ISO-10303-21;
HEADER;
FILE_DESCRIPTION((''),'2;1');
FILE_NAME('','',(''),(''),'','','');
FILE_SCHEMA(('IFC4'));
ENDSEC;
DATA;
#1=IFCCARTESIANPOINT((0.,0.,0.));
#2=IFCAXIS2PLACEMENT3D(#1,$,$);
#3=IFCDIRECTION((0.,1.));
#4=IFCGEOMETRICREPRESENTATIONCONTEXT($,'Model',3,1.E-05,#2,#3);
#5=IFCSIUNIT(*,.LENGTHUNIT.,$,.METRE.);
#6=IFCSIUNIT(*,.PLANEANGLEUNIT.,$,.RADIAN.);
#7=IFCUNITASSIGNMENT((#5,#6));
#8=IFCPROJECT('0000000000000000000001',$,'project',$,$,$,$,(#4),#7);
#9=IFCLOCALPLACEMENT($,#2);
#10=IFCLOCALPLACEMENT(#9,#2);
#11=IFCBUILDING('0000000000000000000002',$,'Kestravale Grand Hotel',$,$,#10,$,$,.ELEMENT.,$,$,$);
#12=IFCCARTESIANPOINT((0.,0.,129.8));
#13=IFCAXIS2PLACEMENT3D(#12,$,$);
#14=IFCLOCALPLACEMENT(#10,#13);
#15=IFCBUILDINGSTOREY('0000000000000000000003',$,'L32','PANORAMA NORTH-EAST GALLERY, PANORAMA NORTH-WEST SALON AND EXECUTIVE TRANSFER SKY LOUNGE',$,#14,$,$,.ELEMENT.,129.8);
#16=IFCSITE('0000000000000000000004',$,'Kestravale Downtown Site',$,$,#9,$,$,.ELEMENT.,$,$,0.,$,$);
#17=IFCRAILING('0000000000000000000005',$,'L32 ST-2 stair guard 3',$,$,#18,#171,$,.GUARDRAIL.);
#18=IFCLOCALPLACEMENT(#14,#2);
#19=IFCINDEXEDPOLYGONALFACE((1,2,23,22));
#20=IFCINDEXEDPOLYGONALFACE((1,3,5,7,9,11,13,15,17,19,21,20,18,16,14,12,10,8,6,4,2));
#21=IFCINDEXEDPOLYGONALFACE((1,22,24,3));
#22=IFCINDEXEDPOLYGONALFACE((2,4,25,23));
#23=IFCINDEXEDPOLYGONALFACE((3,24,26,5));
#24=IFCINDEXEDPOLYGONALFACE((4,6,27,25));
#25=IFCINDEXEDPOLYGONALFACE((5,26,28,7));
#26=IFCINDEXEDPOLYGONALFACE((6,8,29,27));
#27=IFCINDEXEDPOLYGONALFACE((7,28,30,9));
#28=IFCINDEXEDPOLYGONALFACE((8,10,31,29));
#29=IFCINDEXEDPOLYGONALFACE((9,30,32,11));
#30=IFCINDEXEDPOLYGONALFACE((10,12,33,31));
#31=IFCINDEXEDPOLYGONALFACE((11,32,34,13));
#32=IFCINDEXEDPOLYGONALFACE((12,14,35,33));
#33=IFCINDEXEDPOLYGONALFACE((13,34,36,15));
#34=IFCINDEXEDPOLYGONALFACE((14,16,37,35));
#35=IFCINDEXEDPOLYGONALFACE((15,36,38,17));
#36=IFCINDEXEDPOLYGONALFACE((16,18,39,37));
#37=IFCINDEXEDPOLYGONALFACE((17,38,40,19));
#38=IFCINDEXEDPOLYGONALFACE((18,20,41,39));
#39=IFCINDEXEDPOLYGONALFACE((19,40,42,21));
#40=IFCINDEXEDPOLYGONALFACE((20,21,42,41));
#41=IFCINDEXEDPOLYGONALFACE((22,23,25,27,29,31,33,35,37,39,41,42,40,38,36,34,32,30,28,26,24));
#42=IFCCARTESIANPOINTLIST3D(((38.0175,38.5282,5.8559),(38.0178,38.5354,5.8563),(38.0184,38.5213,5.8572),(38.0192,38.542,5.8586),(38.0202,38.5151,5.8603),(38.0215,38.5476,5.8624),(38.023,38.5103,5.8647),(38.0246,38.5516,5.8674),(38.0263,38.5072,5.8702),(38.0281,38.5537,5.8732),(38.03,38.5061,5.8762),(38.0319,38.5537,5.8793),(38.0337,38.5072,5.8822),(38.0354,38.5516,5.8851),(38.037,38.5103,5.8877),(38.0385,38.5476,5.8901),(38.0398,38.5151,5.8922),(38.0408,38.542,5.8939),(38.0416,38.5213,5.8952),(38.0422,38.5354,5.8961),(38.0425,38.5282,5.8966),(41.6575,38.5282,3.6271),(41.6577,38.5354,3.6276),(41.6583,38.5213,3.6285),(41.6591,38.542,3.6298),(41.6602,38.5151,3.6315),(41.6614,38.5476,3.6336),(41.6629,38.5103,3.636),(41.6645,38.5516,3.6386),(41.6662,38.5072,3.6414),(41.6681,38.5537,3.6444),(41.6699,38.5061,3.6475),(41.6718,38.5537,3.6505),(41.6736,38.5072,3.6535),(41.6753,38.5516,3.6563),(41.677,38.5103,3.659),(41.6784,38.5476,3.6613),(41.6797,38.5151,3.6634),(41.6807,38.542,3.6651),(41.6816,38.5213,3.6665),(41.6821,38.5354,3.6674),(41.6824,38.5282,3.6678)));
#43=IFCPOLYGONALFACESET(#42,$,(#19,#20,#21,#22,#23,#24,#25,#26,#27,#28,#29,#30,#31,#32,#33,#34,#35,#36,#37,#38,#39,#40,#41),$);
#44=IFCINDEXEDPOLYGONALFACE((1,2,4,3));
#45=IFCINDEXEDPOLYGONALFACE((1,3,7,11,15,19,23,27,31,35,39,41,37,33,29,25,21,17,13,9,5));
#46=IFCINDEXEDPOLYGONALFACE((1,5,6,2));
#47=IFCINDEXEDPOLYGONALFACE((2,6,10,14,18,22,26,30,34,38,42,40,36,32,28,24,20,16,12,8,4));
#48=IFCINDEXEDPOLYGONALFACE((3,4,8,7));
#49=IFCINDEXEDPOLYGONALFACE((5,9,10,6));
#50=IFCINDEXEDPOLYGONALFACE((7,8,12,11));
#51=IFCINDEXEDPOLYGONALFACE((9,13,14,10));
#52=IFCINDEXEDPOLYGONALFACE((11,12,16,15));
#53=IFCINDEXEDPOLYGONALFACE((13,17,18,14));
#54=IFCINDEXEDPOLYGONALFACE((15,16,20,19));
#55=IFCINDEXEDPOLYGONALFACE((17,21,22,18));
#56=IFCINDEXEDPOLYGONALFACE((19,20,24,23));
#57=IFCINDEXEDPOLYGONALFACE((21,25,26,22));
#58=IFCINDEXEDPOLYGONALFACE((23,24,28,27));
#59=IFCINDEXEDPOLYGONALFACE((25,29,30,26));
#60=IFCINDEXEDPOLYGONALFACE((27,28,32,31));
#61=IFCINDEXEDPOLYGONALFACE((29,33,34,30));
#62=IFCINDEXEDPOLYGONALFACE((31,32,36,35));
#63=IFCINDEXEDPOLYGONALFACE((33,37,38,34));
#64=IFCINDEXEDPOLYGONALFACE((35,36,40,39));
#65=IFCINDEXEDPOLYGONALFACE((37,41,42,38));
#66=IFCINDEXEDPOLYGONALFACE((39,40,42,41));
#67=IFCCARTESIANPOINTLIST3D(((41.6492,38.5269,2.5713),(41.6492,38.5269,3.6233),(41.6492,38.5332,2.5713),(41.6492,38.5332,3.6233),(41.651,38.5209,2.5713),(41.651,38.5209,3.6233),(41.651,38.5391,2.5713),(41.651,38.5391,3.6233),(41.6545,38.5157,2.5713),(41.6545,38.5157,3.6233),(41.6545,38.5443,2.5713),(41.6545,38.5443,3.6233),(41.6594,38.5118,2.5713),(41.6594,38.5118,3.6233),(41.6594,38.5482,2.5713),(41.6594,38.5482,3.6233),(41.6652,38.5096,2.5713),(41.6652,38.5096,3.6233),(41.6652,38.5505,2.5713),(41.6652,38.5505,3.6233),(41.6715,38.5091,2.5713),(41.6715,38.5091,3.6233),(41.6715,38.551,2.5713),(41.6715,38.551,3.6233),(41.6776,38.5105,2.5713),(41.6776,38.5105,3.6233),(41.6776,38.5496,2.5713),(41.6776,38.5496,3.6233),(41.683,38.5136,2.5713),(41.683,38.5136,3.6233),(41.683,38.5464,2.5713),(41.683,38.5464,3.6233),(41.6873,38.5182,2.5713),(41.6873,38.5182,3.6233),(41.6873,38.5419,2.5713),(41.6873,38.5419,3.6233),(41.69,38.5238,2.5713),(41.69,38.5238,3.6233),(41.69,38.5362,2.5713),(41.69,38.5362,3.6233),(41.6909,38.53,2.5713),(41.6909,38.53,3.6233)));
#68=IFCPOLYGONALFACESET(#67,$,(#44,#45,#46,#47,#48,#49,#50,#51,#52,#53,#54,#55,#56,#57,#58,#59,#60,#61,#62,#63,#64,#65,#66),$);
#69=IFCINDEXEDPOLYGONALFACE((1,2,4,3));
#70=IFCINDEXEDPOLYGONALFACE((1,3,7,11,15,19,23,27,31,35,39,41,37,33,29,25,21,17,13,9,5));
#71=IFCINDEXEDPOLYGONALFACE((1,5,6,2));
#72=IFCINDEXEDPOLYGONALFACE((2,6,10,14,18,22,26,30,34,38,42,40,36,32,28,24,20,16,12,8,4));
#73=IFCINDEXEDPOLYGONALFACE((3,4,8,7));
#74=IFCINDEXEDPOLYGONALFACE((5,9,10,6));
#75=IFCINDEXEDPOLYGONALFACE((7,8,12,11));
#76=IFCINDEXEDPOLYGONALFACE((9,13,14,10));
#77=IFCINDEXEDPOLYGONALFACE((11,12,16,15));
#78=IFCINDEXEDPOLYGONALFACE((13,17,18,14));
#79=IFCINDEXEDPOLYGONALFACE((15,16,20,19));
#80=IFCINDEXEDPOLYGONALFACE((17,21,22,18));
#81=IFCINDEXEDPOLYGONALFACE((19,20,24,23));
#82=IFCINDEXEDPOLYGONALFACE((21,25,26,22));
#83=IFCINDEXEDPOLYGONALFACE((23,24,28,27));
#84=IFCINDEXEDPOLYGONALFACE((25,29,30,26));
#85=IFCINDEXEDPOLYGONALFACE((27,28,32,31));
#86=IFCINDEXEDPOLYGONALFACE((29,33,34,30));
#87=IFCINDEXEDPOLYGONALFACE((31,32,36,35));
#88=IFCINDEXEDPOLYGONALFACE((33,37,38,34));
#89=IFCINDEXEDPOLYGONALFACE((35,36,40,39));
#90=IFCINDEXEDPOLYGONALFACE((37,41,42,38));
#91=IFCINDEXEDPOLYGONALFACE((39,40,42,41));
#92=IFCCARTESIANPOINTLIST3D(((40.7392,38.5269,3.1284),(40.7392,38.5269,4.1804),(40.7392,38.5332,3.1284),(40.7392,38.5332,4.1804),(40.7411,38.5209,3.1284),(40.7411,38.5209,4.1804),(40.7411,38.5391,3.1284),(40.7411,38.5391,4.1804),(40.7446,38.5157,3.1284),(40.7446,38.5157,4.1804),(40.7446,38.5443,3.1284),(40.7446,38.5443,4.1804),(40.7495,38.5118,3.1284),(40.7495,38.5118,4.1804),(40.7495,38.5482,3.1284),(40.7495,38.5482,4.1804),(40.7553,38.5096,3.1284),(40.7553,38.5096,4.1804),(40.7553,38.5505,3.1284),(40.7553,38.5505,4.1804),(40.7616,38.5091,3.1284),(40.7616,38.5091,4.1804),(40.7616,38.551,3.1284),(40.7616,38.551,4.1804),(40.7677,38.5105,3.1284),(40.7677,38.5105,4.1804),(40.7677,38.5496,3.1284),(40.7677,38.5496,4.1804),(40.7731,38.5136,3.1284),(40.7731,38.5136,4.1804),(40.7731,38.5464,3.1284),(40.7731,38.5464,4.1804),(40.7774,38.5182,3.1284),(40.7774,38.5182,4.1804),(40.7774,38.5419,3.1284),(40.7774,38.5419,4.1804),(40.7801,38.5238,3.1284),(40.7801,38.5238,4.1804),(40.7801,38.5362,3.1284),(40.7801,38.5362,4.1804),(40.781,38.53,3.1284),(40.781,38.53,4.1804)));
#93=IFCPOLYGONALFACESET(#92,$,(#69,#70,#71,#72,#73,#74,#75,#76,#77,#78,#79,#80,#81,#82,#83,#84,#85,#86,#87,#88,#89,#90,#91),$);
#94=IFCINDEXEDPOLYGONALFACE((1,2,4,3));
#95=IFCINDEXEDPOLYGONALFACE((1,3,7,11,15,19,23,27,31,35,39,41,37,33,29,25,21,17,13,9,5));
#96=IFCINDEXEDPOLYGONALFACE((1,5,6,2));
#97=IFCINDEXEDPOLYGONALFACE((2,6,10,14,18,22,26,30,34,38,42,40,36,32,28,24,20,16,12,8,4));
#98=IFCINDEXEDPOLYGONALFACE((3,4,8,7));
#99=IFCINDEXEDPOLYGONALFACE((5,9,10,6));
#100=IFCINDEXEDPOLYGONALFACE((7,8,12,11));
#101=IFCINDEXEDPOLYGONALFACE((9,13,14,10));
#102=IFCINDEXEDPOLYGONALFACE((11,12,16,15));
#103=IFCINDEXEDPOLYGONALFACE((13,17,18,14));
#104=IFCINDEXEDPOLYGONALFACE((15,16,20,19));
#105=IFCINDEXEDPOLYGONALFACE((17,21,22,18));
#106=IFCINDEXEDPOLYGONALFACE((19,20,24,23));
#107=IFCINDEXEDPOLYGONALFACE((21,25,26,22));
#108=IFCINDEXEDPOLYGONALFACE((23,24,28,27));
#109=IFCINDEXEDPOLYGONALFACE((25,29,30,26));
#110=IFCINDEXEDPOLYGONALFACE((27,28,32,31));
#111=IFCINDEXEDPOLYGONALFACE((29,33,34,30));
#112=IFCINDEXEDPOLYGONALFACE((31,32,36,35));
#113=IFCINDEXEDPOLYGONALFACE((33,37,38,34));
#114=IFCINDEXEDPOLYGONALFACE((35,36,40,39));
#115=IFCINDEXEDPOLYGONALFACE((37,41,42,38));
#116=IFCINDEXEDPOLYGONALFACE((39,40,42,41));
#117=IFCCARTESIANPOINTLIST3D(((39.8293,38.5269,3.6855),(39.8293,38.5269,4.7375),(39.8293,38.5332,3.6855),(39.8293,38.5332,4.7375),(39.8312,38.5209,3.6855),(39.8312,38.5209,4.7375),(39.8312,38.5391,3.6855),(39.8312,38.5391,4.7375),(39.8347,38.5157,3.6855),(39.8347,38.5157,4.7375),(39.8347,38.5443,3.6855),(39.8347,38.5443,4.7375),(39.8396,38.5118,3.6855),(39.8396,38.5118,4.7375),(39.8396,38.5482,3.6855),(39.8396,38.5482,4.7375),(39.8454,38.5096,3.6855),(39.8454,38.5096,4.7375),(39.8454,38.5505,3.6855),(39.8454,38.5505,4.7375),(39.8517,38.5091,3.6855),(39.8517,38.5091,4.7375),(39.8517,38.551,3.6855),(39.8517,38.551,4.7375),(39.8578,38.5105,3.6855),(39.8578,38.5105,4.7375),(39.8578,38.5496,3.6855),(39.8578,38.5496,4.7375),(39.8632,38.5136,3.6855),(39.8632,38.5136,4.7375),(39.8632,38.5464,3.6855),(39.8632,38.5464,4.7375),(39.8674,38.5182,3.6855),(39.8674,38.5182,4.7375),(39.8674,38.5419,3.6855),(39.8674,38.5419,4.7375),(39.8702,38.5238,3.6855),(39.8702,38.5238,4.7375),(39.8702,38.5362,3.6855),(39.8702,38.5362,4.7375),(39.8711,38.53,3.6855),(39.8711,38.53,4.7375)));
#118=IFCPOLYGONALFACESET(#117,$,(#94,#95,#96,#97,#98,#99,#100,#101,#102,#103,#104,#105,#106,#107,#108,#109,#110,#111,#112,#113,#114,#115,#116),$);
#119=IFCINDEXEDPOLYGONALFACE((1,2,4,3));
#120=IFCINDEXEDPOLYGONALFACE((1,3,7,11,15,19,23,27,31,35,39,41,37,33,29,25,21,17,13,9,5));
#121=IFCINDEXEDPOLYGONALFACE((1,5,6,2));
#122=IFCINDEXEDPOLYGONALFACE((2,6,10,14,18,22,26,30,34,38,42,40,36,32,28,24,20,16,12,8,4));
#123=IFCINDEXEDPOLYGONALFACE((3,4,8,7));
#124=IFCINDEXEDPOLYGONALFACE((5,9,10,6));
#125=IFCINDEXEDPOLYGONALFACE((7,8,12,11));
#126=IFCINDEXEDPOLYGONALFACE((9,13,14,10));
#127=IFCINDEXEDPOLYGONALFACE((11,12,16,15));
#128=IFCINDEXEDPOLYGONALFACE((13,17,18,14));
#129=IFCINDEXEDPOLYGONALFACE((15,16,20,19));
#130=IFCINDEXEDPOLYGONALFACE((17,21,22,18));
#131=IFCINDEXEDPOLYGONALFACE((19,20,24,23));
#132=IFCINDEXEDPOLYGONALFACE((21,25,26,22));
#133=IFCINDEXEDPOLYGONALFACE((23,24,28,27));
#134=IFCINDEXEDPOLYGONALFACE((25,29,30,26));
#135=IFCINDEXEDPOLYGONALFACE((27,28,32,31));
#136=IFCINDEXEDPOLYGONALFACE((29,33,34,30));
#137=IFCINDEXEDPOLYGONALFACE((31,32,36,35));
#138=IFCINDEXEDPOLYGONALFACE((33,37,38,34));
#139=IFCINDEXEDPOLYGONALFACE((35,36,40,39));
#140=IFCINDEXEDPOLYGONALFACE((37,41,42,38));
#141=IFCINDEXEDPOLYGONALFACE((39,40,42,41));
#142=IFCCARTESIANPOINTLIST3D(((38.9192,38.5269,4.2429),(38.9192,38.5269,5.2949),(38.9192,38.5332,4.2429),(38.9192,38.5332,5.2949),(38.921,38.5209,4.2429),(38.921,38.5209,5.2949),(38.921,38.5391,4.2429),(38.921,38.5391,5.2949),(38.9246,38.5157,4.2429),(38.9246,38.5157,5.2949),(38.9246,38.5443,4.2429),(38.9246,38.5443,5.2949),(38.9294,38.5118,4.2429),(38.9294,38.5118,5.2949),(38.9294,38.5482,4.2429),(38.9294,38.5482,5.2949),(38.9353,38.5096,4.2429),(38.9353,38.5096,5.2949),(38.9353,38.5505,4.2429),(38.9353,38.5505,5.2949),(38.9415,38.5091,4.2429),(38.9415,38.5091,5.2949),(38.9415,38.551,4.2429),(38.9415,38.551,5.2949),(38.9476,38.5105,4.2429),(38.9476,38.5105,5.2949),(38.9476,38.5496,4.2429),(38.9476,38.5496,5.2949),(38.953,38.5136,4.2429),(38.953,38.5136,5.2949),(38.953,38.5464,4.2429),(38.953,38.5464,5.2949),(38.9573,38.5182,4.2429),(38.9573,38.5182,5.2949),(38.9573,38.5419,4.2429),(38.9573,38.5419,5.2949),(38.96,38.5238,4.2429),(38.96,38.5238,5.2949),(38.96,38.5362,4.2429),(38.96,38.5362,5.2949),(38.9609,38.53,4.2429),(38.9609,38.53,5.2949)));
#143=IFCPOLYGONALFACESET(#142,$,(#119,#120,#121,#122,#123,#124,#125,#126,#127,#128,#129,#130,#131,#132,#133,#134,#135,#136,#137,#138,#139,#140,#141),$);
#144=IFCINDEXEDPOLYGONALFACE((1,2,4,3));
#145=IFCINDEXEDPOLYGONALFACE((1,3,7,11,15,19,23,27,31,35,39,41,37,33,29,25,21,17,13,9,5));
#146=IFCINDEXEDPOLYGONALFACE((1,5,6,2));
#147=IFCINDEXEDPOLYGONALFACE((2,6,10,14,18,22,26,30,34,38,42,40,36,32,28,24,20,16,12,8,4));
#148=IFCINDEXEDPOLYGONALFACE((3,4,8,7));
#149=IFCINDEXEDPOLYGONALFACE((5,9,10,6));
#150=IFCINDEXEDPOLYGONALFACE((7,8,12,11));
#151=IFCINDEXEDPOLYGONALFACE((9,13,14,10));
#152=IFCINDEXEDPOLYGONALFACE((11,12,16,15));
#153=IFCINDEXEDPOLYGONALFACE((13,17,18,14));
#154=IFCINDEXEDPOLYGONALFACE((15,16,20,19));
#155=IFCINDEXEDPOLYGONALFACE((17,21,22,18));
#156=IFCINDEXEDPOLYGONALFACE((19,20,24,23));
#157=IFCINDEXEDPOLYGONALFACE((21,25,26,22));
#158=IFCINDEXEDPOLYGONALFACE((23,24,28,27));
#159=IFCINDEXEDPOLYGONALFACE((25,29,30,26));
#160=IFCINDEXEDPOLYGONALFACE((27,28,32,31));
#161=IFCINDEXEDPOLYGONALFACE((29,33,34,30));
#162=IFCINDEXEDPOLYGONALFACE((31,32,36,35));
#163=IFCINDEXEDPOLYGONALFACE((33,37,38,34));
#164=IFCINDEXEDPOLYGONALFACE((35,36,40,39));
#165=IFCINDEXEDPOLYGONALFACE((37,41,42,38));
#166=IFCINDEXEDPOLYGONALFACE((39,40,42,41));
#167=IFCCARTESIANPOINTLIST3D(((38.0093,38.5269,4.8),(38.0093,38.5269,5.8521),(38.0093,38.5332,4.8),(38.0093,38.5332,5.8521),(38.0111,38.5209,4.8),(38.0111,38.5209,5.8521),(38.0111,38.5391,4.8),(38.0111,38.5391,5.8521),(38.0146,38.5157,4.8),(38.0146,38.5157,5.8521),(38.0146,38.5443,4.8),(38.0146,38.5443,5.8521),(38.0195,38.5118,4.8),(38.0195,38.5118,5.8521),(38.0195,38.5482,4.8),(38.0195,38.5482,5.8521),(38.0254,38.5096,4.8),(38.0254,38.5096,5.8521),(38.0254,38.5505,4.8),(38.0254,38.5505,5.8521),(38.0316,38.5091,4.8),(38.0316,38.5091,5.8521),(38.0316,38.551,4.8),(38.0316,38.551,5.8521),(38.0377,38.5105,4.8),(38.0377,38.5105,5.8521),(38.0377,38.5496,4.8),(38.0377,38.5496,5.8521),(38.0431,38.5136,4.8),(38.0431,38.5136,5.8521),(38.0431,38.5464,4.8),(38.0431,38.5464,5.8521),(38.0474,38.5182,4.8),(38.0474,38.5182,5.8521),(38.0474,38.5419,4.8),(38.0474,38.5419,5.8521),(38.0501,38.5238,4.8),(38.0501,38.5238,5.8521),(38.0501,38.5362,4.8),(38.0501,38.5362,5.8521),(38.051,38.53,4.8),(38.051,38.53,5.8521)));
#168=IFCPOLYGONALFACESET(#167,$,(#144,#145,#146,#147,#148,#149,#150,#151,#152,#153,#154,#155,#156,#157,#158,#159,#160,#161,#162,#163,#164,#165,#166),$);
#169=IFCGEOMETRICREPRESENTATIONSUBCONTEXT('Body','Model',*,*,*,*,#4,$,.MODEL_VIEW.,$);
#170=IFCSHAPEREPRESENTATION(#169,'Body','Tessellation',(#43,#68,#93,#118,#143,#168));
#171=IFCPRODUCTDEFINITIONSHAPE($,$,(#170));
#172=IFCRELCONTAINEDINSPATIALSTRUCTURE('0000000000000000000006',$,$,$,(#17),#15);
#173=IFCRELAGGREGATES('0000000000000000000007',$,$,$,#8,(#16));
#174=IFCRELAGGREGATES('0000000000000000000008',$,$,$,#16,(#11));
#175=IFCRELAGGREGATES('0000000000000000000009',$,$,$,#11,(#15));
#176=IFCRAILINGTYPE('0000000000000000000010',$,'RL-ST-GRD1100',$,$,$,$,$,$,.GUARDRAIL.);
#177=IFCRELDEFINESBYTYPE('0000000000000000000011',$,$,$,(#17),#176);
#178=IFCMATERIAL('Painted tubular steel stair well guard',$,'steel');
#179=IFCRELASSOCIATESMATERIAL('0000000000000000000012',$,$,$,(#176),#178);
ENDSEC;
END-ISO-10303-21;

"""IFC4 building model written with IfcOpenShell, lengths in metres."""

from ifc_helpers import new_model, si_unit, direction, frame, origin, origin_2d, place, context, subcontext, project, spatial, circle, extrude, material, type_object, element, save


model = new_model("IFC4")

# Units and contexts
model_context = context("Model", 3, precision=1e-05, world=origin(), true_north=direction((0.0, 1.0)))
body_context = subcontext(model_context, "Body", "Model", "MODEL_VIEW")
ifc_project = project(units=[si_unit("LENGTHUNIT", "METRE"), si_unit("PLANEANGLEUNIT", "RADIAN")], contexts=[model_context])

# Site, building, storey
site_placement = place(None, origin())
site = spatial("IfcSite", under=ifc_project, at=site_placement, Name="Kestravale Downtown Site", CompositionType="ELEMENT", RefElevation=0.0)
building_placement = place(site_placement, origin())
building = spatial("IfcBuilding", under=site, at=building_placement, Name="Kestravale Grand Hotel", CompositionType="ELEMENT")
storey_placement = place(building_placement, frame((0.0, 0.0, 129.8)))
storey = spatial("IfcBuildingStorey", under=building, at=storey_placement, Name="L32", Description="PANORAMA NORTH-EAST GALLERY, PANORAMA NORTH-WEST SALON AND EXECUTIVE TRANSFER SKY LOUNGE", CompositionType="ELEMENT", Elevation=129.8)

# Railing
ifc_material_1 = material(Name="Painted tubular steel stair well guard", Category="steel")
railing_type_1 = type_object("IfcRailingType", Name="RL-ST-GRD1100", PredefinedType="GUARDRAIL", material=ifc_material_1)
railing_1_placement = place(storey_placement, frame((41.6699, 38.53, 2.5713)))
element("IfcRailing", 1, at=railing_1_placement, inside=storey, type_object=railing_type_1, Name="L32 ST-2 stair guard 3", PredefinedType="GUARDRAIL", context=body_context, shape_type="SweptSolid", body=[
    extrude(circle(Radius=0.0239, at=origin_2d()), frame((0.0, 0.0, 1.0762), z_axis=(-0.852825, 0.0, 0.522197), x_axis=(0.0, -1.0, 0.0)), (0.0, 0.0, 1.0), 4.2681),
    extrude(circle(Radius=0.021, at=origin_2d()), origin(), (0.0, 0.0, 1.0), 1.052),
    extrude(circle(Radius=0.021, at=origin_2d()), frame((-0.9099, 0.0, 0.5571)), (0.0, 0.0, 1.0), 1.052),
    extrude(circle(Radius=0.021, at=origin_2d()), frame((-1.8198, 0.0, 1.1143)), (0.0, 0.0, 1.0), 1.052),
    extrude(circle(Radius=0.021, at=origin_2d()), frame((-2.73, 0.0, 1.6716)), (0.0, 0.0, 1.0), 1.052),
    extrude(circle(Radius=0.021, at=origin_2d()), frame((-3.6399, 0.0, 2.2288)), (0.0, 0.0, 1.0), 1.052),
])

save(model, "model.ifc")
